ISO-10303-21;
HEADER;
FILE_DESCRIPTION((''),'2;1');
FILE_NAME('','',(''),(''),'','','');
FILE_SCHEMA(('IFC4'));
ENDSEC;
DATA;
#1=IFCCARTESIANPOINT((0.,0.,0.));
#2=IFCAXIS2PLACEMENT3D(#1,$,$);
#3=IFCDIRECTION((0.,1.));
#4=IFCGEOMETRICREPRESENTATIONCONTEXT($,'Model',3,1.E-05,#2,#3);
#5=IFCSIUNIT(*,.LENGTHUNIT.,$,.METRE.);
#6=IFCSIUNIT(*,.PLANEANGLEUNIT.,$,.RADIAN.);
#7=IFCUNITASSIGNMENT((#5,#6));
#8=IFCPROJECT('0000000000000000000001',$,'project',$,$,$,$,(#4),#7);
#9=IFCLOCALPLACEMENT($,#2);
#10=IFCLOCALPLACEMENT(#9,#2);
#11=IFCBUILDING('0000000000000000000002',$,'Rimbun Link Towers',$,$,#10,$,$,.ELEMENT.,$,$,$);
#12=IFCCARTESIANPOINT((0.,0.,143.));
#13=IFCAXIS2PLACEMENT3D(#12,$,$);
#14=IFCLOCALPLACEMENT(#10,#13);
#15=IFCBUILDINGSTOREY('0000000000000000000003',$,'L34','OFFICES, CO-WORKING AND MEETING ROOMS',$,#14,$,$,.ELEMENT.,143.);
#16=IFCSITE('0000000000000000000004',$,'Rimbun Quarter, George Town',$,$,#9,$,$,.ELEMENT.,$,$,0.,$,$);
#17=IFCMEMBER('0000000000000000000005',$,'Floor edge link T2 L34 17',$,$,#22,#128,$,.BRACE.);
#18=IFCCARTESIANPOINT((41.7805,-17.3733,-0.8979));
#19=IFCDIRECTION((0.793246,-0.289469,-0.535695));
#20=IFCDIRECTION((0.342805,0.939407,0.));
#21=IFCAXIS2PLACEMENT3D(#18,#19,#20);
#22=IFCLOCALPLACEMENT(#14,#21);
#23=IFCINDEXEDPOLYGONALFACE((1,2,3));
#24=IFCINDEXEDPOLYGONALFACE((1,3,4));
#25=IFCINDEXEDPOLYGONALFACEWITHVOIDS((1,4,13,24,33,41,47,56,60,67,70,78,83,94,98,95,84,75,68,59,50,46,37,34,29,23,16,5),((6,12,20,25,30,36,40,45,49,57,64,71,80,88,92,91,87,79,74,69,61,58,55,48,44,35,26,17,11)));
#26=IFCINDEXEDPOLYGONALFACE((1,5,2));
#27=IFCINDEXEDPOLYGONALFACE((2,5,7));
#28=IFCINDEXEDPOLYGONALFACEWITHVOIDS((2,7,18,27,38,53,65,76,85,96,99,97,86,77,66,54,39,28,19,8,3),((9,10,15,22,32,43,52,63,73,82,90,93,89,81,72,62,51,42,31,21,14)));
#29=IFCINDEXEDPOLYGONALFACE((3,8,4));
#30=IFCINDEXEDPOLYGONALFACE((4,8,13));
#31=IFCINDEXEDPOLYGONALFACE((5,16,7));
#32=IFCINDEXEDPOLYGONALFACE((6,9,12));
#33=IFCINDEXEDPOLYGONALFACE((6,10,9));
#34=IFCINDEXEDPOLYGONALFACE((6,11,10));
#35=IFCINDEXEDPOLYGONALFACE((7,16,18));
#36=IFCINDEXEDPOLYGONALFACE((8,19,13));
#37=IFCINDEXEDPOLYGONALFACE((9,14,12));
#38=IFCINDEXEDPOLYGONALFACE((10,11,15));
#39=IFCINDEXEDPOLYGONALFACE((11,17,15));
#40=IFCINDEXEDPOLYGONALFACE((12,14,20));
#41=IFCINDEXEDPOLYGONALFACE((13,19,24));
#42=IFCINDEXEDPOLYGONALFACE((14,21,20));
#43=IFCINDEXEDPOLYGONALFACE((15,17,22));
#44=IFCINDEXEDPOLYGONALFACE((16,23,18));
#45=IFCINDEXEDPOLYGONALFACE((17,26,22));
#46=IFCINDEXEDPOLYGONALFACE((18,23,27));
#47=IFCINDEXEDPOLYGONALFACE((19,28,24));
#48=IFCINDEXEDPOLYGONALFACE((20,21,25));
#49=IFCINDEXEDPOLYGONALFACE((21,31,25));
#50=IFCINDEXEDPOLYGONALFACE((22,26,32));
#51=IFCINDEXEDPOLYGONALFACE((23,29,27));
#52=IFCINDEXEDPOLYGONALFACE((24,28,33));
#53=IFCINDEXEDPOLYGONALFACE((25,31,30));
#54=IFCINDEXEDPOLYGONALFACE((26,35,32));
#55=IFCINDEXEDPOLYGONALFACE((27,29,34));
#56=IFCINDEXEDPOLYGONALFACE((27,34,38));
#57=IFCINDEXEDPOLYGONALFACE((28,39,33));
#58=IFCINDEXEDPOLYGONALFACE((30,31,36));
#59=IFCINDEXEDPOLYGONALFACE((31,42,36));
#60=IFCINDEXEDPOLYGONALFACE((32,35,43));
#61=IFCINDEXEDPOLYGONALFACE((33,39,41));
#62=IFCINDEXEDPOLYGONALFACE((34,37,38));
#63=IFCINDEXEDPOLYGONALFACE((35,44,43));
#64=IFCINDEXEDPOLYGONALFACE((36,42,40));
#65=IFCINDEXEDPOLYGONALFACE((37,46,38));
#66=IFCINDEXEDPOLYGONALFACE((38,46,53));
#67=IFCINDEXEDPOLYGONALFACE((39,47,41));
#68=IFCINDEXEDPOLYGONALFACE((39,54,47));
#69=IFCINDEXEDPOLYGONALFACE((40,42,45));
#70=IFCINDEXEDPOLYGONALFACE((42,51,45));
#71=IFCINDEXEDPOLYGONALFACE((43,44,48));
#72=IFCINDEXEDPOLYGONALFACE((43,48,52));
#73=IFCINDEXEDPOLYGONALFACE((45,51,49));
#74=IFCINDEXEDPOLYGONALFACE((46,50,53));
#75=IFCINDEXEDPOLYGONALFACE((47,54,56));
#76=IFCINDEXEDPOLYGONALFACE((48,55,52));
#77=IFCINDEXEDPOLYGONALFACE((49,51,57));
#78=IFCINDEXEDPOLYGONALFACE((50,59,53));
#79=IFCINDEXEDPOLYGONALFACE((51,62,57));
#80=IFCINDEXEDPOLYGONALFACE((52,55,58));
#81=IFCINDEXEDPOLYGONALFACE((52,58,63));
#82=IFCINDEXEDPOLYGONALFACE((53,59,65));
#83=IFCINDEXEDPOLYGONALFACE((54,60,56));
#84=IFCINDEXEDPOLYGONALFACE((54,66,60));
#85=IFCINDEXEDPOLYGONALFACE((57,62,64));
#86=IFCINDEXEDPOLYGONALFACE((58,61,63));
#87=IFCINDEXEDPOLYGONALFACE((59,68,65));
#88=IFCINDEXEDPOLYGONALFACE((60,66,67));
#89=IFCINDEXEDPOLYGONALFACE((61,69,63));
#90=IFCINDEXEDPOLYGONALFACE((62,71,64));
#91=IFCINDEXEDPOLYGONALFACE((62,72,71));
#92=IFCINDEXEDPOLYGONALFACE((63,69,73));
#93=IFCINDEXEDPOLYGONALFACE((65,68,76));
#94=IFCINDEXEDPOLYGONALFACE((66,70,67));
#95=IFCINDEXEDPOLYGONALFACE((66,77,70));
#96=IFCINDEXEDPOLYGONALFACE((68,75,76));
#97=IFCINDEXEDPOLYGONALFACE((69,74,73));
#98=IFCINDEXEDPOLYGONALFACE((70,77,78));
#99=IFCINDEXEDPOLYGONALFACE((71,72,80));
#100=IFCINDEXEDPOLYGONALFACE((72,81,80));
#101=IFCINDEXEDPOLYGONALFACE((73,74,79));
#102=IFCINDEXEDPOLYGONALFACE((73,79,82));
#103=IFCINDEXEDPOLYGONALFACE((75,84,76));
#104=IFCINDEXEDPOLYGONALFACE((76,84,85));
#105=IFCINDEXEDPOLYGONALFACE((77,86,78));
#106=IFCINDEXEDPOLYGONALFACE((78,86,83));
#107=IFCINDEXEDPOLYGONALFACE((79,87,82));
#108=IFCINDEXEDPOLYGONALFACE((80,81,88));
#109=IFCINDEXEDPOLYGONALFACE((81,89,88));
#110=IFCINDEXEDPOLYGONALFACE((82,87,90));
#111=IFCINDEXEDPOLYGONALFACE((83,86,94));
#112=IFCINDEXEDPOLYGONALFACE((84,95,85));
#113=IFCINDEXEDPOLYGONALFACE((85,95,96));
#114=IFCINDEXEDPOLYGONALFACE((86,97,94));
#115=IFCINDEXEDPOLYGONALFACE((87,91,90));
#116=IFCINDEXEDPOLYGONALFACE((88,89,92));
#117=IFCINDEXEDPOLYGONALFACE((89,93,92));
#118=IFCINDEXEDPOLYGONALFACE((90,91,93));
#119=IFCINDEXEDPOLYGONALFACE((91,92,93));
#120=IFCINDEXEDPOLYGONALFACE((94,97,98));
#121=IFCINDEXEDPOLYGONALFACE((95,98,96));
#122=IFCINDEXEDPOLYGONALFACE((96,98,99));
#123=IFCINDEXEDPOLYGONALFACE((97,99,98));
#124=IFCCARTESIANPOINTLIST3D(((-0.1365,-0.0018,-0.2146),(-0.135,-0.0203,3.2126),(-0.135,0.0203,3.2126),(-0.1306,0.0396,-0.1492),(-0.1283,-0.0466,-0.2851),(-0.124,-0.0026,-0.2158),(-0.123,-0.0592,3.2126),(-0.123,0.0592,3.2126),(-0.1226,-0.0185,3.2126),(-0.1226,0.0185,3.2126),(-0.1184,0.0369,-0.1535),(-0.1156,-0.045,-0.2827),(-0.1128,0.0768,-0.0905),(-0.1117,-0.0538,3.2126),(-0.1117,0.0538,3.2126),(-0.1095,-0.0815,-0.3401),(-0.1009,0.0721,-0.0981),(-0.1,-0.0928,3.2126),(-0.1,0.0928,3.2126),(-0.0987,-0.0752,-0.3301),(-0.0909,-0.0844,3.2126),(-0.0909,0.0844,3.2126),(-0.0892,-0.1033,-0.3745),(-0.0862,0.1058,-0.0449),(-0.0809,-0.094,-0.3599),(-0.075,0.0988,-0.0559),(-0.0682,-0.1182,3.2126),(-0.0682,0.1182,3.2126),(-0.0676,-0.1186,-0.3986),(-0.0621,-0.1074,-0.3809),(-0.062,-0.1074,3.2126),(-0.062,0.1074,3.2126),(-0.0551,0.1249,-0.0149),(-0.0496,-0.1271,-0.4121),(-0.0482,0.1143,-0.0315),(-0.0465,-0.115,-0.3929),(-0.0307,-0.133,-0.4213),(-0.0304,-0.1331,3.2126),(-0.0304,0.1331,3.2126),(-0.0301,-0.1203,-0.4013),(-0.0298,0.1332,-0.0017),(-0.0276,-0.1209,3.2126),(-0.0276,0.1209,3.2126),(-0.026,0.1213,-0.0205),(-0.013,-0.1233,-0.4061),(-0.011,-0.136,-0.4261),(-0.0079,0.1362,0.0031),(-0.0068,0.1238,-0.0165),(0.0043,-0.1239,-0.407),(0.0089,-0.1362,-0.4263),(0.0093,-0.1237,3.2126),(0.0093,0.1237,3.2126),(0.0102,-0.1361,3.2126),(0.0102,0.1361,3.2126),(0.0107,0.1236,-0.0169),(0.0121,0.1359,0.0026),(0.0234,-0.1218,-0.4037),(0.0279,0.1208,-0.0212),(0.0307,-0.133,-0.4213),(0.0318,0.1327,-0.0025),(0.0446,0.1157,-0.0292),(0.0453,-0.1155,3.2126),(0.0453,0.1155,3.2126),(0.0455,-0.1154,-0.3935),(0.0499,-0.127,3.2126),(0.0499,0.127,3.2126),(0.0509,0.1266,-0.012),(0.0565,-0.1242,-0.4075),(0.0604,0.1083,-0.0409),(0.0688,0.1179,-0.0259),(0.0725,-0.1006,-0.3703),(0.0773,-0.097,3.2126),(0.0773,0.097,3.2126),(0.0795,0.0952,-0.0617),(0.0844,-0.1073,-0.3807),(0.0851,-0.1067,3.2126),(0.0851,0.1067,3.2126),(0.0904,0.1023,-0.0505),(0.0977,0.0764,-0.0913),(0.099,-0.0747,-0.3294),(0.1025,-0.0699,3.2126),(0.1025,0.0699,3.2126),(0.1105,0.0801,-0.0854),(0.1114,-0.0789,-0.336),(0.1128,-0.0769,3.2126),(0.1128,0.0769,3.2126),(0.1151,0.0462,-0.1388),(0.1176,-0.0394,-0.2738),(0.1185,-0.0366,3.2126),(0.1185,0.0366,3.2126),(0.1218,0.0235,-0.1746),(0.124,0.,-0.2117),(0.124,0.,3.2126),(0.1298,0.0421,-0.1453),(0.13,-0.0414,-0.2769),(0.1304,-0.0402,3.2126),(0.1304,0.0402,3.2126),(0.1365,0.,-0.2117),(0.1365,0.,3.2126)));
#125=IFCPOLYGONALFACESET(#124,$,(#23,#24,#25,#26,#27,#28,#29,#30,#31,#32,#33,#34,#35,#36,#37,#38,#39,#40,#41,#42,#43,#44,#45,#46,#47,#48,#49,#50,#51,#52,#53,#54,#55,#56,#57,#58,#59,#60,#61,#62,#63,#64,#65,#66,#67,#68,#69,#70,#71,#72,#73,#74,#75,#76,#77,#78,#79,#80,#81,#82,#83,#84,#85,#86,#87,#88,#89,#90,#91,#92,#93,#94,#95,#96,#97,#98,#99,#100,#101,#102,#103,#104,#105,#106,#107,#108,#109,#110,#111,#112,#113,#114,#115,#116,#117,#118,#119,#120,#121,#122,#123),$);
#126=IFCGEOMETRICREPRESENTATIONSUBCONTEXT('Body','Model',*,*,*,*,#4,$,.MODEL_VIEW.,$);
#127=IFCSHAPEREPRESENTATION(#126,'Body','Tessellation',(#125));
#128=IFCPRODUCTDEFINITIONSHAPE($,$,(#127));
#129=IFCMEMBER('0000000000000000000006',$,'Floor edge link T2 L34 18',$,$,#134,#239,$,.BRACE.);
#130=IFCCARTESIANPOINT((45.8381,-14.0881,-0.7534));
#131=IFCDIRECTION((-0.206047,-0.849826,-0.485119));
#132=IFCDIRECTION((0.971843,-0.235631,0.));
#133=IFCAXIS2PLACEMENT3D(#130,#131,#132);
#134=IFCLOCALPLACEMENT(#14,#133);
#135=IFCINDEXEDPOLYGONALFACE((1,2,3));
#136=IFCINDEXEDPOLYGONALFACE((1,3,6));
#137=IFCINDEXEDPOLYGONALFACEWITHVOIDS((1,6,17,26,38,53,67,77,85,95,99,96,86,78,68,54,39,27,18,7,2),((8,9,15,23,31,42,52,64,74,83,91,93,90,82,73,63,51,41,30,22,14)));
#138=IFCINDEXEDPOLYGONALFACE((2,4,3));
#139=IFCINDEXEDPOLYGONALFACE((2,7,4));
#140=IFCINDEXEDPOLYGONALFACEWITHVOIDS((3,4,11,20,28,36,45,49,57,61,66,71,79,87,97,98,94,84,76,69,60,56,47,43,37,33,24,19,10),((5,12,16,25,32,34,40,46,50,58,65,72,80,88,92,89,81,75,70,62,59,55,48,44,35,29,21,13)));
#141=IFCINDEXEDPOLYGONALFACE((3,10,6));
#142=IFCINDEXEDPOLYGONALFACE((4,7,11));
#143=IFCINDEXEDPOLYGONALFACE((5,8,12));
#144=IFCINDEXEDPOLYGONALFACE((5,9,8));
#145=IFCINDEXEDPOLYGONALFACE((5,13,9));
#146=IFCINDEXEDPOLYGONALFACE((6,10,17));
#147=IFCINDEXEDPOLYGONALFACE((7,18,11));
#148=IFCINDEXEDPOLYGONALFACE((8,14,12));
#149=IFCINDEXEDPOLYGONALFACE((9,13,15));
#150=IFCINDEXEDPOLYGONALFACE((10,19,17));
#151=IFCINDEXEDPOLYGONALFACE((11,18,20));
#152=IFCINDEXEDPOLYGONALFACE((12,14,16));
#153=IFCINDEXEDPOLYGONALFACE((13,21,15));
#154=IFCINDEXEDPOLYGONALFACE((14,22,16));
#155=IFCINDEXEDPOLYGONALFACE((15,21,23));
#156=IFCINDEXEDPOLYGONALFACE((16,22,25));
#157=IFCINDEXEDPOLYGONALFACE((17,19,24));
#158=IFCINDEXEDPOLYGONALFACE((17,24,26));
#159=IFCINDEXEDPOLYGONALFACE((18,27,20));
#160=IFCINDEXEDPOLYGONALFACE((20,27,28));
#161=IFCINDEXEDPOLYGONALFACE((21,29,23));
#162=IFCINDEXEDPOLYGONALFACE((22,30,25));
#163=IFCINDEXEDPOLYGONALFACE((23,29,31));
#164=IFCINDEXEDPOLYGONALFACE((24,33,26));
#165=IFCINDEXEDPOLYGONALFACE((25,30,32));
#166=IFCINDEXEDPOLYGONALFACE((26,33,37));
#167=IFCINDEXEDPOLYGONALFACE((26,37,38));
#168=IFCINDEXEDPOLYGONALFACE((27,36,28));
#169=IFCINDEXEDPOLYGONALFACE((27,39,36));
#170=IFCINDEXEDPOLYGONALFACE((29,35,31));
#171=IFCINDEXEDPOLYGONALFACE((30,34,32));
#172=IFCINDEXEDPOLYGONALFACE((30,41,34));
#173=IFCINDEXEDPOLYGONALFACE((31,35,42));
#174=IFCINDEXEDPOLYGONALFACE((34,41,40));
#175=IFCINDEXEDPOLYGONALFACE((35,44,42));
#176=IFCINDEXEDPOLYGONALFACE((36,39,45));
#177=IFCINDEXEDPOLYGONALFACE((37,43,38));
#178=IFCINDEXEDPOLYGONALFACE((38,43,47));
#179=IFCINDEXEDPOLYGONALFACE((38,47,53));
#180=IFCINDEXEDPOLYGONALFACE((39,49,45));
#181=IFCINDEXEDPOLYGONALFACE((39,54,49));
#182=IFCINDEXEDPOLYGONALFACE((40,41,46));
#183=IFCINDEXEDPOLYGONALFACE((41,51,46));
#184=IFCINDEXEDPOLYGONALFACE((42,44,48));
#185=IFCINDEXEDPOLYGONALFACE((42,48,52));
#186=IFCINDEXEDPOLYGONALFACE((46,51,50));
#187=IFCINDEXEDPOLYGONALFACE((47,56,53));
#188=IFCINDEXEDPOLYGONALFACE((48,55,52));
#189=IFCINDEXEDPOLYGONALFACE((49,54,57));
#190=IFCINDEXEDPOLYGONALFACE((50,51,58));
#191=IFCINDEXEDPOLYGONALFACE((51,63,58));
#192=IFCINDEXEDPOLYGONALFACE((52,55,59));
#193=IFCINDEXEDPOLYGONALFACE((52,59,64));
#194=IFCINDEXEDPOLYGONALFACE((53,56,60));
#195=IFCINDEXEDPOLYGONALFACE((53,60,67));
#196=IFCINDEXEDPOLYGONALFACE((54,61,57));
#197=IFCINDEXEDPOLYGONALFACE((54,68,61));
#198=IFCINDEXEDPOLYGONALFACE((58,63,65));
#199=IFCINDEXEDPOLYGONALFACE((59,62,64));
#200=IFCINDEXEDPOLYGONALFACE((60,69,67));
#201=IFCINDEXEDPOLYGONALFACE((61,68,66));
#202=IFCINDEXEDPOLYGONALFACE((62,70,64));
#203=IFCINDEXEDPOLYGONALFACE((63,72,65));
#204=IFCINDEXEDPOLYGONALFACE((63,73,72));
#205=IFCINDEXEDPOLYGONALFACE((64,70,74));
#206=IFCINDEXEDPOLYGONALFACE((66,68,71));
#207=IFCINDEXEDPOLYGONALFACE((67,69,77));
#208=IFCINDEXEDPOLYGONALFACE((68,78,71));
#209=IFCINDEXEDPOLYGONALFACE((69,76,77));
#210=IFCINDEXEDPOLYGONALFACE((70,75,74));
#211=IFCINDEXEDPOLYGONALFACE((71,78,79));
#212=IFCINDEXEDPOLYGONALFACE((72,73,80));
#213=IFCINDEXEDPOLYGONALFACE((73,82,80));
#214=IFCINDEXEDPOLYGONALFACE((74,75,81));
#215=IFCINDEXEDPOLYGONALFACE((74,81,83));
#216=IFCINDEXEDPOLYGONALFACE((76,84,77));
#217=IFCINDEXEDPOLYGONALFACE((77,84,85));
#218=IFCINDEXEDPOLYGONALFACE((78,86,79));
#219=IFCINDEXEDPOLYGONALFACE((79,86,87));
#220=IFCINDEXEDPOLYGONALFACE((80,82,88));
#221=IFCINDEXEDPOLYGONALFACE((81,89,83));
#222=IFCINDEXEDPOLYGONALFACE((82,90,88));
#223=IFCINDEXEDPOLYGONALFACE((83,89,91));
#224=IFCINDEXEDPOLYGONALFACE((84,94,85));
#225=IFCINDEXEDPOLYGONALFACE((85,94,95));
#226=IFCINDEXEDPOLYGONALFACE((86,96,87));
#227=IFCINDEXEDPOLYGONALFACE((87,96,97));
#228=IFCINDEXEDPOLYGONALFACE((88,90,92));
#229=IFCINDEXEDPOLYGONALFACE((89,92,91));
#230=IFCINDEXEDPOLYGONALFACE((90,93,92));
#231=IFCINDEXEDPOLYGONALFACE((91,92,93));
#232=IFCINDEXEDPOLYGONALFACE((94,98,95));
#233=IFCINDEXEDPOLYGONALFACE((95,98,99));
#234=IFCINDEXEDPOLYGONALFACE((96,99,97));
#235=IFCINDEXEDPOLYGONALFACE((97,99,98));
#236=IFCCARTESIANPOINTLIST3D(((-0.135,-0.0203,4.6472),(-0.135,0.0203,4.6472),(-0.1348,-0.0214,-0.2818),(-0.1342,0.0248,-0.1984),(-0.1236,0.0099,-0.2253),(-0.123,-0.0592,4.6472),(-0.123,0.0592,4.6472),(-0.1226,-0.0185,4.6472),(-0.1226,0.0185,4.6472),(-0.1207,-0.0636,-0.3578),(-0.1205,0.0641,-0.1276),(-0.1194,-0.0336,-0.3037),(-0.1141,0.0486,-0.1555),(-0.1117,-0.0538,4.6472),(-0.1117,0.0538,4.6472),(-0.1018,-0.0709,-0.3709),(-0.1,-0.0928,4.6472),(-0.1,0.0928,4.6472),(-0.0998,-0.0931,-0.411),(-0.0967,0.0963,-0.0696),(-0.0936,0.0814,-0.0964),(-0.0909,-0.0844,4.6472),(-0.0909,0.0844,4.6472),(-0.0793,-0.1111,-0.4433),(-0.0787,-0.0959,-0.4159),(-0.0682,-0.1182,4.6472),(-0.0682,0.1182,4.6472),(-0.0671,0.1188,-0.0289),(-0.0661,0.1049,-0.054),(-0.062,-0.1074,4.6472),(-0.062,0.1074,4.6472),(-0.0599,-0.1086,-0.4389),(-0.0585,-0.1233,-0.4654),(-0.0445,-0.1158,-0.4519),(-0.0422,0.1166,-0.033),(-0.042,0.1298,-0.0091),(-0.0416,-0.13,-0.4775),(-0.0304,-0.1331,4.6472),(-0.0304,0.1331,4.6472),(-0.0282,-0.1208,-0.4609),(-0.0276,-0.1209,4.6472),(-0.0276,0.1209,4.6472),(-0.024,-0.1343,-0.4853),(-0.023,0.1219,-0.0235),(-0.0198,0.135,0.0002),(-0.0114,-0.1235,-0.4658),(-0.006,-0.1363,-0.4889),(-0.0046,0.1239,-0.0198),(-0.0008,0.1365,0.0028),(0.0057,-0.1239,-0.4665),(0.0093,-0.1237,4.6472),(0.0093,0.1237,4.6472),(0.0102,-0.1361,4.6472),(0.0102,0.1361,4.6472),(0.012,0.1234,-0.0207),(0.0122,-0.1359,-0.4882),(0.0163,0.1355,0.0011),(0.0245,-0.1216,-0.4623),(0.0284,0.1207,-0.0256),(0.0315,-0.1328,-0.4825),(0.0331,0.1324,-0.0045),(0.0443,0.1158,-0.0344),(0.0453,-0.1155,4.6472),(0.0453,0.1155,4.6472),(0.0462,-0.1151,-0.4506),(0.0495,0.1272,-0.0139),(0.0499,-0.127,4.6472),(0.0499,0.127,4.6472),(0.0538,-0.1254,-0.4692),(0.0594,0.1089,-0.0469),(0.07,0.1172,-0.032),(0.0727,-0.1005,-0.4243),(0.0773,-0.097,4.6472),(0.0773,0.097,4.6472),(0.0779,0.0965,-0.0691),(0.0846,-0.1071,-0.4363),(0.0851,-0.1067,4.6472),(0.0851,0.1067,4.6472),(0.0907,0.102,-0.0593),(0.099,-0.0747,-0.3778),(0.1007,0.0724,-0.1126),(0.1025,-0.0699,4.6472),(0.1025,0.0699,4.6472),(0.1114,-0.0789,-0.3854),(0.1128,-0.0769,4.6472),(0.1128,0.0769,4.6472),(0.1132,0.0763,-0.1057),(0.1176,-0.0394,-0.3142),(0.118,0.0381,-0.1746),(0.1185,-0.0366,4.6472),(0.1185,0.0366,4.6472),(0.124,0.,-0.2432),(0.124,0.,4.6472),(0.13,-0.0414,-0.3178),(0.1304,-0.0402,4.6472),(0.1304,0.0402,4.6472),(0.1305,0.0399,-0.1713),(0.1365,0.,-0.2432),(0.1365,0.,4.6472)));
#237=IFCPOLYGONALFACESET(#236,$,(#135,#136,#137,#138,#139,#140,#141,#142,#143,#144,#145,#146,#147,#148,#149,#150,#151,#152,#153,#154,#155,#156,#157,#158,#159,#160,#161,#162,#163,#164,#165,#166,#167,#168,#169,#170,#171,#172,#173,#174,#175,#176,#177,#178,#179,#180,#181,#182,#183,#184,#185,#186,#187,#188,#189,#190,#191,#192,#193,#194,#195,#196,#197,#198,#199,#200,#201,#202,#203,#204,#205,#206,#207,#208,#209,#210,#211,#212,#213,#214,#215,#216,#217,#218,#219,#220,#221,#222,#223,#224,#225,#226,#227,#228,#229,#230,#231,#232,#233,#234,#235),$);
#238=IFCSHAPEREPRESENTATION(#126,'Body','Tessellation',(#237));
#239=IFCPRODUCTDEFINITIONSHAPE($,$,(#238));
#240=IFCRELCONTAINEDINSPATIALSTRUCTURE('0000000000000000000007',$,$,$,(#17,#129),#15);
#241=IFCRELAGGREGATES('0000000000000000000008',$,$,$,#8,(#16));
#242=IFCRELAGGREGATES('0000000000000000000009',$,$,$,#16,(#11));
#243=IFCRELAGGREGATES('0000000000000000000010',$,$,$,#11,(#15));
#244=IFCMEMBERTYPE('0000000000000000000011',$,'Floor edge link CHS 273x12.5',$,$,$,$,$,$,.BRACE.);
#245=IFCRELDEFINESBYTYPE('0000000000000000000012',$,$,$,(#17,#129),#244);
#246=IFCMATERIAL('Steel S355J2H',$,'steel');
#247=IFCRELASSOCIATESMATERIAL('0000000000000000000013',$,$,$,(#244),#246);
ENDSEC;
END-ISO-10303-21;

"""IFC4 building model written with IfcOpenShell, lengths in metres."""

from ifc_helpers import new_model, si_unit, direction, frame, origin, origin_2d, place, context, subcontext, project, spatial, hollow_circle, extrude, clip, halfspace, material, material_profile, profile_set, type_object, element, save


model = new_model("IFC4")

# Units and contexts
model_context = context("Model", 3, precision=1e-05, world=origin(), true_north=direction((0.0, 1.0)))
body_context = subcontext(model_context, "Body", "Model", "MODEL_VIEW")
ifc_project = project(units=[si_unit("LENGTHUNIT", "METRE"), si_unit("PLANEANGLEUNIT", "RADIAN")], contexts=[model_context])

# Site, building, storey
site_placement = place(None, origin())
site = spatial("IfcSite", under=ifc_project, at=site_placement, Name="Rimbun Quarter, George Town", CompositionType="ELEMENT", RefElevation=0.0)
building_placement = place(site_placement, origin())
building = spatial("IfcBuilding", under=site, at=building_placement, Name="Rimbun Link Towers", CompositionType="ELEMENT")
storey_placement = place(building_placement, frame((0.0, 0.0, 143.0)))
storey = spatial("IfcBuildingStorey", under=building, at=storey_placement, Name="L34", Description="OFFICES, CO-WORKING AND MEETING ROOMS", CompositionType="ELEMENT", Elevation=143.0)

# Members
ifc_material_1 = material(Name="Steel S355J2H", Category="steel")
ifc_material_profile_1 = material_profile(ifc_material_1, hollow_circle(Radius=0.1365, WallThickness=0.0125, at=origin_2d()), Name="CHS 273x12.5")
ifc_profile_set_1 = profile_set([ifc_material_profile_1], Name="Steel S355J2H")
member_type_1 = type_object("IfcMemberType", Name="Floor edge link CHS 273x12.5", PredefinedType="BRACE", material=ifc_profile_set_1)
member_1_placement = place(storey_placement, frame((41.7805, -17.3733, -0.8979), z_axis=(0.793246, -0.289469, -0.535695), x_axis=(0.342805, 0.939407, 0.0)))
element("IfcMember", 1, at=member_1_placement, inside=storey, type_object=member_type_1, Name="Floor edge link T2 L34 17", PredefinedType="BRACE", context=body_context, shape_type="Clipping", body=[
    clip(extrude(hollow_circle(Radius=0.1365, WallThickness=0.0125, at=origin_2d()), frame((0.0, 0.0, -0.449)), (0.0, 0.0, 1.0), 3.6616), halfspace(frame((0.0, 0.0, -0.2117), z_axis=(0.0, 0.844411, -0.535695)), False)),
])
member_2_placement = place(storey_placement, frame((45.8381, -14.0881, -0.7534), z_axis=(-0.206047, -0.849826, -0.485119), x_axis=(0.971843, -0.235631, 0.0)))
element("IfcMember", 2, at=member_2_placement, inside=storey, type_object=member_type_1, Name="Floor edge link T2 L34 18", PredefinedType="BRACE", context=body_context, shape_type="Clipping", body=[
    clip(extrude(hollow_circle(Radius=0.1365, WallThickness=0.0125, at=origin_2d()), frame((0.0, 0.0, -0.5127)), (0.0, 0.0, 1.0), 5.1599), halfspace(frame((0.0, 0.0, -0.2432), z_axis=(0.0, 0.874448, -0.485119)), False)),
])

save(model, "model.ifc")
